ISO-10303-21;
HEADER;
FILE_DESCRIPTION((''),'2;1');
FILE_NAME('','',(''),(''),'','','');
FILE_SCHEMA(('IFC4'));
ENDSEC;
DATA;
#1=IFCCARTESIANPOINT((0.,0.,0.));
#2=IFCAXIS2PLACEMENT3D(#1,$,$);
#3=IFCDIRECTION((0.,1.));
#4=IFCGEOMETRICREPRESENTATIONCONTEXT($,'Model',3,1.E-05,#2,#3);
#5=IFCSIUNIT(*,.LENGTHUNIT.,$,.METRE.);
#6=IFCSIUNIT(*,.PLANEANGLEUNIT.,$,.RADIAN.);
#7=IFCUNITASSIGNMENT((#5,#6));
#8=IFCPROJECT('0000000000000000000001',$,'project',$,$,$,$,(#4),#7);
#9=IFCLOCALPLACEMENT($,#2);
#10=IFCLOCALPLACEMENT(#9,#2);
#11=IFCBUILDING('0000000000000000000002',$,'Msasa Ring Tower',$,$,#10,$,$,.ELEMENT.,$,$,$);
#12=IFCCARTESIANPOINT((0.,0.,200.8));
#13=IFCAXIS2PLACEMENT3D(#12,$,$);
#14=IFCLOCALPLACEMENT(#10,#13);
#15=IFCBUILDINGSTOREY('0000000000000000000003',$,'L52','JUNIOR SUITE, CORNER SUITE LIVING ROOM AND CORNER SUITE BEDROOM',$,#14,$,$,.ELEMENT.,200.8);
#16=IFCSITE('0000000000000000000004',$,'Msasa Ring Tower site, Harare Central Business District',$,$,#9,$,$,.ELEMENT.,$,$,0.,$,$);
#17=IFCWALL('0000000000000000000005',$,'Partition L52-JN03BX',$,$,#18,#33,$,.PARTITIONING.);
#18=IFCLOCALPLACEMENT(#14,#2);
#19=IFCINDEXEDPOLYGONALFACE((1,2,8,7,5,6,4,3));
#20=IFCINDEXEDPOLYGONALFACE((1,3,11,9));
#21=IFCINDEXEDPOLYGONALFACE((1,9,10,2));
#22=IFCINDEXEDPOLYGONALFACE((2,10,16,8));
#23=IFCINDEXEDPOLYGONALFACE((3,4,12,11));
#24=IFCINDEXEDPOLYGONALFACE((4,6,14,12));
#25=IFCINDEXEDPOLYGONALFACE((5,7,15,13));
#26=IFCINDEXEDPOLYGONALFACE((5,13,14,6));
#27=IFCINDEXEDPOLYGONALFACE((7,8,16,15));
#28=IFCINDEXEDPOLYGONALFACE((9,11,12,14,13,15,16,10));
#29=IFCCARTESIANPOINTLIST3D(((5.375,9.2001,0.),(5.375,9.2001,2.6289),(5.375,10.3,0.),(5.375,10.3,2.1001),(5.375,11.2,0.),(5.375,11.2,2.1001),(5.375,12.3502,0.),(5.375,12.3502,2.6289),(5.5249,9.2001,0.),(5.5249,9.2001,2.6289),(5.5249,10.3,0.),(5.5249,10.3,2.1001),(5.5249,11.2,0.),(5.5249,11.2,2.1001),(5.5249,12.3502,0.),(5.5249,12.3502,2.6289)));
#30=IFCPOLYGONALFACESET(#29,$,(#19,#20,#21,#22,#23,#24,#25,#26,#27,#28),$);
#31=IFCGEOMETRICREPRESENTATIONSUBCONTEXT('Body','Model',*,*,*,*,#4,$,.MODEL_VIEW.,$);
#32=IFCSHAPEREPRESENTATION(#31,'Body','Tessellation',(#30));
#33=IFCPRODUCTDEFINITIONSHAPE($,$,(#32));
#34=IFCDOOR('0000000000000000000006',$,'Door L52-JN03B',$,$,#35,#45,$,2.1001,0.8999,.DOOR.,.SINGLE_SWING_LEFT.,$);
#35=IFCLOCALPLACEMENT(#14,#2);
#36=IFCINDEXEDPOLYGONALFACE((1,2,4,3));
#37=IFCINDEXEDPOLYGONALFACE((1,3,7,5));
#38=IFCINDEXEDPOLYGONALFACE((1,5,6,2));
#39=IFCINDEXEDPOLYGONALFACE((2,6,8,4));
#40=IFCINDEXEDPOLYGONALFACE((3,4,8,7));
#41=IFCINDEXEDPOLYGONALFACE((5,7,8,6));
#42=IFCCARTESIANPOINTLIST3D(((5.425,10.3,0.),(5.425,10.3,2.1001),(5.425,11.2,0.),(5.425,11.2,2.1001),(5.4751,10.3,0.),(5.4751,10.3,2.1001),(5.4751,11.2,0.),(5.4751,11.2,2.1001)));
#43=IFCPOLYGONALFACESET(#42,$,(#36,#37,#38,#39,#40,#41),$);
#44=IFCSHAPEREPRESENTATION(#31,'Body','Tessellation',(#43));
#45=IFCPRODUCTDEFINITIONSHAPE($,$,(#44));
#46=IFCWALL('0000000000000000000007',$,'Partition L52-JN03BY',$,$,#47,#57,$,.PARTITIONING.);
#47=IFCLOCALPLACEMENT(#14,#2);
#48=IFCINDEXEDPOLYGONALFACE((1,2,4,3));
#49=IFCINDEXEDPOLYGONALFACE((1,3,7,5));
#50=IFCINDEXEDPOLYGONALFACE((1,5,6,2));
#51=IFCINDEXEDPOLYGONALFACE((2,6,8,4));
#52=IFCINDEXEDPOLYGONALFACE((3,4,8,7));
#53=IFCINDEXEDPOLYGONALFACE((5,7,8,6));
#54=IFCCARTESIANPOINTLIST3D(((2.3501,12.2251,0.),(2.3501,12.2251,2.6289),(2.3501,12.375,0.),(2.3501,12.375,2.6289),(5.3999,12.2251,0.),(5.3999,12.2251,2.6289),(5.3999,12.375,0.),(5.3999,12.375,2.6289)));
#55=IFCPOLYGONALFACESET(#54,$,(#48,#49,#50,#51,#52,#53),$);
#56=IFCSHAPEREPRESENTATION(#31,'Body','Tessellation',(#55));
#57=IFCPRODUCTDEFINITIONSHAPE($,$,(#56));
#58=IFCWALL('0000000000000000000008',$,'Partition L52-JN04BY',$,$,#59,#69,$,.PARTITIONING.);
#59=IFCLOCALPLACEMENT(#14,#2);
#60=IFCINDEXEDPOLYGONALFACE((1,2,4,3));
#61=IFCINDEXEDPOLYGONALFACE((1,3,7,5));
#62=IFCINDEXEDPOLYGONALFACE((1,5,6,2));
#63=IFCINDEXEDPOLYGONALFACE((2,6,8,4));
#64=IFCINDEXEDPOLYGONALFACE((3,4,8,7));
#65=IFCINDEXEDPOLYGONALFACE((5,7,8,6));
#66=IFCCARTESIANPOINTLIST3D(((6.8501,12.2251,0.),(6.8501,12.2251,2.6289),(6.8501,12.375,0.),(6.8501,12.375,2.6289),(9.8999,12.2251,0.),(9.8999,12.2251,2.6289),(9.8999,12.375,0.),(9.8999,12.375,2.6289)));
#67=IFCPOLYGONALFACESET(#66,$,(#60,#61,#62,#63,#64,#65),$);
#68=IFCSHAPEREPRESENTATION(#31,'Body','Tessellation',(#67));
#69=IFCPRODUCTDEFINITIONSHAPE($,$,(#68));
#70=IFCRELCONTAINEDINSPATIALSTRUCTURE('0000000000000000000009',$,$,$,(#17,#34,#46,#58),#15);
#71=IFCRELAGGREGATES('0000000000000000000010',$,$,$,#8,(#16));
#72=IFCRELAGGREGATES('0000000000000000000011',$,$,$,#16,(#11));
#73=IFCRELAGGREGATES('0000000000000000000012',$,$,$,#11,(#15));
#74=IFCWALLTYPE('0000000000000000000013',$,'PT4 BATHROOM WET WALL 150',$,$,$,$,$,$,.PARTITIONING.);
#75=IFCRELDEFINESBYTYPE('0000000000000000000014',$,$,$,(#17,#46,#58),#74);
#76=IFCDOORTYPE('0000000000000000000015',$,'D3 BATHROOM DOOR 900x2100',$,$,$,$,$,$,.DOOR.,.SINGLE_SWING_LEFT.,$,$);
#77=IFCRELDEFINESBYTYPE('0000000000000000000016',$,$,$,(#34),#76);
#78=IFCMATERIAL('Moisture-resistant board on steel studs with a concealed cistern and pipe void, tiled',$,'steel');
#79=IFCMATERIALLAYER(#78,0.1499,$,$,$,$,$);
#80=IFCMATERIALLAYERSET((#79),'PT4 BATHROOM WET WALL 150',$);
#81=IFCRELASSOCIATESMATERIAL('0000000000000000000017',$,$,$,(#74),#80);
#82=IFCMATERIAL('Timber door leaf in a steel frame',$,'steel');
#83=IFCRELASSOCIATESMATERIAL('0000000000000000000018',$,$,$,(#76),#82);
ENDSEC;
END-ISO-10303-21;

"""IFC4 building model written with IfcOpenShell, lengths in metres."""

from ifc_helpers import new_model, si_unit, direction, frame, frame_2d, origin, place, context, subcontext, project, spatial, rectangle, extrude, material, layer, layer_set, type_object, element, fill, save


model = new_model("IFC4")

# Units and contexts
model_context = context("Model", 3, precision=1e-05, world=origin(), true_north=direction((0.0, 1.0)))
body_context = subcontext(model_context, "Body", "Model", "MODEL_VIEW")
ifc_project = project(units=[si_unit("LENGTHUNIT", "METRE"), si_unit("PLANEANGLEUNIT", "RADIAN")], contexts=[model_context])

# Site, building, storey
site_placement = place(None, origin())
site = spatial("IfcSite", under=ifc_project, at=site_placement, Name="Msasa Ring Tower site, Harare Central Business District", CompositionType="ELEMENT", RefElevation=0.0)
building_placement = place(site_placement, origin())
building = spatial("IfcBuilding", under=site, at=building_placement, Name="Msasa Ring Tower", CompositionType="ELEMENT")
storey_placement = place(building_placement, frame((0.0, 0.0, 200.8)))
storey = spatial("IfcBuildingStorey", under=building, at=storey_placement, Name="L52", Description="JUNIOR SUITE, CORNER SUITE LIVING ROOM AND CORNER SUITE BEDROOM", CompositionType="ELEMENT", Elevation=200.8)

# Wall, opening, door
ifc_material_1 = material(Name="Moisture-resistant board on steel studs with a concealed cistern and pipe void, tiled", Category="steel")
ifc_layer_1 = layer(ifc_material_1, 0.1499)
ifc_layer_set_1 = layer_set([ifc_layer_1], Name="PT4 BATHROOM WET WALL 150")
wall_type_1 = type_object("IfcWallType", Name="PT4 BATHROOM WET WALL 150", PredefinedType="PARTITIONING", material=ifc_layer_set_1)
ifc_material_2 = material(Name="Timber door leaf in a steel frame", Category="steel")
door_type_1 = type_object("IfcDoorType", Name="D3 BATHROOM DOOR 900x2100", OperationType="SINGLE_SWING_LEFT", PredefinedType="DOOR", material=ifc_material_2)
wall_1_placement = place(storey_placement, frame((5.45, 9.2, 0.0), z_axis=(0.0, 0.0, 1.0), x_axis=(0.0, 1.0, 0.0)))
wall_1 = element("IfcWall", 1, at=wall_1_placement, inside=storey, type_object=wall_type_1, Name="Partition L52-JN03BX", PredefinedType="PARTITIONING", context=body_context, shape_type="SweptSolid", body=[
    extrude(rectangle(XDim=3.1501, YDim=0.1499, at=frame_2d((1.5752, 0.0))), origin(), (0.0, 0.0, 1.0), 2.6289),
])
opening_1_placement = place(wall_1_placement, frame((1.1001, 0.0, 0.0)))
opening_1 = element("IfcOpeningElement", 2, at=opening_1_placement, cuts=wall_1, PredefinedType="OPENING", context=body_context, shape_type="SweptSolid", body=[
    extrude(rectangle(XDim=0.8999, YDim=2.1001, at=frame_2d((0.45, 1.05))), frame((0.0, 0.085, 0.0), z_axis=(0.0, -1.0, 0.0), x_axis=(1.0, 0.0, 0.0)), (0.0, 0.0, 1.0), 0.1699),
])
door_1_placement = place(opening_1_placement, origin())
door_1 = element("IfcDoor", 3, at=door_1_placement, inside=storey, type_object=door_type_1, Name="Door L52-JN03B", OperationType="SINGLE_SWING_LEFT", OverallHeight=2.1001, OverallWidth=0.8999, PredefinedType="DOOR", context=body_context, shape_type="SweptSolid", body=[
    extrude(rectangle(XDim=0.8999, YDim=2.1001, at=frame_2d((0.45, 1.05))), frame((0.0, 0.0249, 0.0), z_axis=(0.0, -1.0, 0.0), x_axis=(1.0, 0.0, 0.0)), (0.0, 0.0, 1.0), 0.05),
])
fill(opening_1, door_1)

# Walls
for number, where, z_axis, x_axis, name in (
    (4, (2.3501, 12.3, 0.0), (0.0, 0.0, 1.0), (1.0, 0.0, 0.0), "Partition L52-JN03BY"),
    (5, (6.8501, 12.3, 0.0), (0.0, 0.0, 1.0), (1.0, 0.0, 0.0), "Partition L52-JN04BY"),
):
    element("IfcWall", number, at=place(storey_placement, frame(where, z_axis=z_axis, x_axis=x_axis)), inside=storey, type_object=wall_type_1, Name=name, PredefinedType="PARTITIONING", context=body_context, shape_type="SweptSolid", body=[
        extrude(rectangle(XDim=3.0498, YDim=0.1499, at=frame_2d((1.5249, 0.0))), origin(), (0.0, 0.0, 1.0), 2.6289),
    ])

save(model, "model.ifc")
